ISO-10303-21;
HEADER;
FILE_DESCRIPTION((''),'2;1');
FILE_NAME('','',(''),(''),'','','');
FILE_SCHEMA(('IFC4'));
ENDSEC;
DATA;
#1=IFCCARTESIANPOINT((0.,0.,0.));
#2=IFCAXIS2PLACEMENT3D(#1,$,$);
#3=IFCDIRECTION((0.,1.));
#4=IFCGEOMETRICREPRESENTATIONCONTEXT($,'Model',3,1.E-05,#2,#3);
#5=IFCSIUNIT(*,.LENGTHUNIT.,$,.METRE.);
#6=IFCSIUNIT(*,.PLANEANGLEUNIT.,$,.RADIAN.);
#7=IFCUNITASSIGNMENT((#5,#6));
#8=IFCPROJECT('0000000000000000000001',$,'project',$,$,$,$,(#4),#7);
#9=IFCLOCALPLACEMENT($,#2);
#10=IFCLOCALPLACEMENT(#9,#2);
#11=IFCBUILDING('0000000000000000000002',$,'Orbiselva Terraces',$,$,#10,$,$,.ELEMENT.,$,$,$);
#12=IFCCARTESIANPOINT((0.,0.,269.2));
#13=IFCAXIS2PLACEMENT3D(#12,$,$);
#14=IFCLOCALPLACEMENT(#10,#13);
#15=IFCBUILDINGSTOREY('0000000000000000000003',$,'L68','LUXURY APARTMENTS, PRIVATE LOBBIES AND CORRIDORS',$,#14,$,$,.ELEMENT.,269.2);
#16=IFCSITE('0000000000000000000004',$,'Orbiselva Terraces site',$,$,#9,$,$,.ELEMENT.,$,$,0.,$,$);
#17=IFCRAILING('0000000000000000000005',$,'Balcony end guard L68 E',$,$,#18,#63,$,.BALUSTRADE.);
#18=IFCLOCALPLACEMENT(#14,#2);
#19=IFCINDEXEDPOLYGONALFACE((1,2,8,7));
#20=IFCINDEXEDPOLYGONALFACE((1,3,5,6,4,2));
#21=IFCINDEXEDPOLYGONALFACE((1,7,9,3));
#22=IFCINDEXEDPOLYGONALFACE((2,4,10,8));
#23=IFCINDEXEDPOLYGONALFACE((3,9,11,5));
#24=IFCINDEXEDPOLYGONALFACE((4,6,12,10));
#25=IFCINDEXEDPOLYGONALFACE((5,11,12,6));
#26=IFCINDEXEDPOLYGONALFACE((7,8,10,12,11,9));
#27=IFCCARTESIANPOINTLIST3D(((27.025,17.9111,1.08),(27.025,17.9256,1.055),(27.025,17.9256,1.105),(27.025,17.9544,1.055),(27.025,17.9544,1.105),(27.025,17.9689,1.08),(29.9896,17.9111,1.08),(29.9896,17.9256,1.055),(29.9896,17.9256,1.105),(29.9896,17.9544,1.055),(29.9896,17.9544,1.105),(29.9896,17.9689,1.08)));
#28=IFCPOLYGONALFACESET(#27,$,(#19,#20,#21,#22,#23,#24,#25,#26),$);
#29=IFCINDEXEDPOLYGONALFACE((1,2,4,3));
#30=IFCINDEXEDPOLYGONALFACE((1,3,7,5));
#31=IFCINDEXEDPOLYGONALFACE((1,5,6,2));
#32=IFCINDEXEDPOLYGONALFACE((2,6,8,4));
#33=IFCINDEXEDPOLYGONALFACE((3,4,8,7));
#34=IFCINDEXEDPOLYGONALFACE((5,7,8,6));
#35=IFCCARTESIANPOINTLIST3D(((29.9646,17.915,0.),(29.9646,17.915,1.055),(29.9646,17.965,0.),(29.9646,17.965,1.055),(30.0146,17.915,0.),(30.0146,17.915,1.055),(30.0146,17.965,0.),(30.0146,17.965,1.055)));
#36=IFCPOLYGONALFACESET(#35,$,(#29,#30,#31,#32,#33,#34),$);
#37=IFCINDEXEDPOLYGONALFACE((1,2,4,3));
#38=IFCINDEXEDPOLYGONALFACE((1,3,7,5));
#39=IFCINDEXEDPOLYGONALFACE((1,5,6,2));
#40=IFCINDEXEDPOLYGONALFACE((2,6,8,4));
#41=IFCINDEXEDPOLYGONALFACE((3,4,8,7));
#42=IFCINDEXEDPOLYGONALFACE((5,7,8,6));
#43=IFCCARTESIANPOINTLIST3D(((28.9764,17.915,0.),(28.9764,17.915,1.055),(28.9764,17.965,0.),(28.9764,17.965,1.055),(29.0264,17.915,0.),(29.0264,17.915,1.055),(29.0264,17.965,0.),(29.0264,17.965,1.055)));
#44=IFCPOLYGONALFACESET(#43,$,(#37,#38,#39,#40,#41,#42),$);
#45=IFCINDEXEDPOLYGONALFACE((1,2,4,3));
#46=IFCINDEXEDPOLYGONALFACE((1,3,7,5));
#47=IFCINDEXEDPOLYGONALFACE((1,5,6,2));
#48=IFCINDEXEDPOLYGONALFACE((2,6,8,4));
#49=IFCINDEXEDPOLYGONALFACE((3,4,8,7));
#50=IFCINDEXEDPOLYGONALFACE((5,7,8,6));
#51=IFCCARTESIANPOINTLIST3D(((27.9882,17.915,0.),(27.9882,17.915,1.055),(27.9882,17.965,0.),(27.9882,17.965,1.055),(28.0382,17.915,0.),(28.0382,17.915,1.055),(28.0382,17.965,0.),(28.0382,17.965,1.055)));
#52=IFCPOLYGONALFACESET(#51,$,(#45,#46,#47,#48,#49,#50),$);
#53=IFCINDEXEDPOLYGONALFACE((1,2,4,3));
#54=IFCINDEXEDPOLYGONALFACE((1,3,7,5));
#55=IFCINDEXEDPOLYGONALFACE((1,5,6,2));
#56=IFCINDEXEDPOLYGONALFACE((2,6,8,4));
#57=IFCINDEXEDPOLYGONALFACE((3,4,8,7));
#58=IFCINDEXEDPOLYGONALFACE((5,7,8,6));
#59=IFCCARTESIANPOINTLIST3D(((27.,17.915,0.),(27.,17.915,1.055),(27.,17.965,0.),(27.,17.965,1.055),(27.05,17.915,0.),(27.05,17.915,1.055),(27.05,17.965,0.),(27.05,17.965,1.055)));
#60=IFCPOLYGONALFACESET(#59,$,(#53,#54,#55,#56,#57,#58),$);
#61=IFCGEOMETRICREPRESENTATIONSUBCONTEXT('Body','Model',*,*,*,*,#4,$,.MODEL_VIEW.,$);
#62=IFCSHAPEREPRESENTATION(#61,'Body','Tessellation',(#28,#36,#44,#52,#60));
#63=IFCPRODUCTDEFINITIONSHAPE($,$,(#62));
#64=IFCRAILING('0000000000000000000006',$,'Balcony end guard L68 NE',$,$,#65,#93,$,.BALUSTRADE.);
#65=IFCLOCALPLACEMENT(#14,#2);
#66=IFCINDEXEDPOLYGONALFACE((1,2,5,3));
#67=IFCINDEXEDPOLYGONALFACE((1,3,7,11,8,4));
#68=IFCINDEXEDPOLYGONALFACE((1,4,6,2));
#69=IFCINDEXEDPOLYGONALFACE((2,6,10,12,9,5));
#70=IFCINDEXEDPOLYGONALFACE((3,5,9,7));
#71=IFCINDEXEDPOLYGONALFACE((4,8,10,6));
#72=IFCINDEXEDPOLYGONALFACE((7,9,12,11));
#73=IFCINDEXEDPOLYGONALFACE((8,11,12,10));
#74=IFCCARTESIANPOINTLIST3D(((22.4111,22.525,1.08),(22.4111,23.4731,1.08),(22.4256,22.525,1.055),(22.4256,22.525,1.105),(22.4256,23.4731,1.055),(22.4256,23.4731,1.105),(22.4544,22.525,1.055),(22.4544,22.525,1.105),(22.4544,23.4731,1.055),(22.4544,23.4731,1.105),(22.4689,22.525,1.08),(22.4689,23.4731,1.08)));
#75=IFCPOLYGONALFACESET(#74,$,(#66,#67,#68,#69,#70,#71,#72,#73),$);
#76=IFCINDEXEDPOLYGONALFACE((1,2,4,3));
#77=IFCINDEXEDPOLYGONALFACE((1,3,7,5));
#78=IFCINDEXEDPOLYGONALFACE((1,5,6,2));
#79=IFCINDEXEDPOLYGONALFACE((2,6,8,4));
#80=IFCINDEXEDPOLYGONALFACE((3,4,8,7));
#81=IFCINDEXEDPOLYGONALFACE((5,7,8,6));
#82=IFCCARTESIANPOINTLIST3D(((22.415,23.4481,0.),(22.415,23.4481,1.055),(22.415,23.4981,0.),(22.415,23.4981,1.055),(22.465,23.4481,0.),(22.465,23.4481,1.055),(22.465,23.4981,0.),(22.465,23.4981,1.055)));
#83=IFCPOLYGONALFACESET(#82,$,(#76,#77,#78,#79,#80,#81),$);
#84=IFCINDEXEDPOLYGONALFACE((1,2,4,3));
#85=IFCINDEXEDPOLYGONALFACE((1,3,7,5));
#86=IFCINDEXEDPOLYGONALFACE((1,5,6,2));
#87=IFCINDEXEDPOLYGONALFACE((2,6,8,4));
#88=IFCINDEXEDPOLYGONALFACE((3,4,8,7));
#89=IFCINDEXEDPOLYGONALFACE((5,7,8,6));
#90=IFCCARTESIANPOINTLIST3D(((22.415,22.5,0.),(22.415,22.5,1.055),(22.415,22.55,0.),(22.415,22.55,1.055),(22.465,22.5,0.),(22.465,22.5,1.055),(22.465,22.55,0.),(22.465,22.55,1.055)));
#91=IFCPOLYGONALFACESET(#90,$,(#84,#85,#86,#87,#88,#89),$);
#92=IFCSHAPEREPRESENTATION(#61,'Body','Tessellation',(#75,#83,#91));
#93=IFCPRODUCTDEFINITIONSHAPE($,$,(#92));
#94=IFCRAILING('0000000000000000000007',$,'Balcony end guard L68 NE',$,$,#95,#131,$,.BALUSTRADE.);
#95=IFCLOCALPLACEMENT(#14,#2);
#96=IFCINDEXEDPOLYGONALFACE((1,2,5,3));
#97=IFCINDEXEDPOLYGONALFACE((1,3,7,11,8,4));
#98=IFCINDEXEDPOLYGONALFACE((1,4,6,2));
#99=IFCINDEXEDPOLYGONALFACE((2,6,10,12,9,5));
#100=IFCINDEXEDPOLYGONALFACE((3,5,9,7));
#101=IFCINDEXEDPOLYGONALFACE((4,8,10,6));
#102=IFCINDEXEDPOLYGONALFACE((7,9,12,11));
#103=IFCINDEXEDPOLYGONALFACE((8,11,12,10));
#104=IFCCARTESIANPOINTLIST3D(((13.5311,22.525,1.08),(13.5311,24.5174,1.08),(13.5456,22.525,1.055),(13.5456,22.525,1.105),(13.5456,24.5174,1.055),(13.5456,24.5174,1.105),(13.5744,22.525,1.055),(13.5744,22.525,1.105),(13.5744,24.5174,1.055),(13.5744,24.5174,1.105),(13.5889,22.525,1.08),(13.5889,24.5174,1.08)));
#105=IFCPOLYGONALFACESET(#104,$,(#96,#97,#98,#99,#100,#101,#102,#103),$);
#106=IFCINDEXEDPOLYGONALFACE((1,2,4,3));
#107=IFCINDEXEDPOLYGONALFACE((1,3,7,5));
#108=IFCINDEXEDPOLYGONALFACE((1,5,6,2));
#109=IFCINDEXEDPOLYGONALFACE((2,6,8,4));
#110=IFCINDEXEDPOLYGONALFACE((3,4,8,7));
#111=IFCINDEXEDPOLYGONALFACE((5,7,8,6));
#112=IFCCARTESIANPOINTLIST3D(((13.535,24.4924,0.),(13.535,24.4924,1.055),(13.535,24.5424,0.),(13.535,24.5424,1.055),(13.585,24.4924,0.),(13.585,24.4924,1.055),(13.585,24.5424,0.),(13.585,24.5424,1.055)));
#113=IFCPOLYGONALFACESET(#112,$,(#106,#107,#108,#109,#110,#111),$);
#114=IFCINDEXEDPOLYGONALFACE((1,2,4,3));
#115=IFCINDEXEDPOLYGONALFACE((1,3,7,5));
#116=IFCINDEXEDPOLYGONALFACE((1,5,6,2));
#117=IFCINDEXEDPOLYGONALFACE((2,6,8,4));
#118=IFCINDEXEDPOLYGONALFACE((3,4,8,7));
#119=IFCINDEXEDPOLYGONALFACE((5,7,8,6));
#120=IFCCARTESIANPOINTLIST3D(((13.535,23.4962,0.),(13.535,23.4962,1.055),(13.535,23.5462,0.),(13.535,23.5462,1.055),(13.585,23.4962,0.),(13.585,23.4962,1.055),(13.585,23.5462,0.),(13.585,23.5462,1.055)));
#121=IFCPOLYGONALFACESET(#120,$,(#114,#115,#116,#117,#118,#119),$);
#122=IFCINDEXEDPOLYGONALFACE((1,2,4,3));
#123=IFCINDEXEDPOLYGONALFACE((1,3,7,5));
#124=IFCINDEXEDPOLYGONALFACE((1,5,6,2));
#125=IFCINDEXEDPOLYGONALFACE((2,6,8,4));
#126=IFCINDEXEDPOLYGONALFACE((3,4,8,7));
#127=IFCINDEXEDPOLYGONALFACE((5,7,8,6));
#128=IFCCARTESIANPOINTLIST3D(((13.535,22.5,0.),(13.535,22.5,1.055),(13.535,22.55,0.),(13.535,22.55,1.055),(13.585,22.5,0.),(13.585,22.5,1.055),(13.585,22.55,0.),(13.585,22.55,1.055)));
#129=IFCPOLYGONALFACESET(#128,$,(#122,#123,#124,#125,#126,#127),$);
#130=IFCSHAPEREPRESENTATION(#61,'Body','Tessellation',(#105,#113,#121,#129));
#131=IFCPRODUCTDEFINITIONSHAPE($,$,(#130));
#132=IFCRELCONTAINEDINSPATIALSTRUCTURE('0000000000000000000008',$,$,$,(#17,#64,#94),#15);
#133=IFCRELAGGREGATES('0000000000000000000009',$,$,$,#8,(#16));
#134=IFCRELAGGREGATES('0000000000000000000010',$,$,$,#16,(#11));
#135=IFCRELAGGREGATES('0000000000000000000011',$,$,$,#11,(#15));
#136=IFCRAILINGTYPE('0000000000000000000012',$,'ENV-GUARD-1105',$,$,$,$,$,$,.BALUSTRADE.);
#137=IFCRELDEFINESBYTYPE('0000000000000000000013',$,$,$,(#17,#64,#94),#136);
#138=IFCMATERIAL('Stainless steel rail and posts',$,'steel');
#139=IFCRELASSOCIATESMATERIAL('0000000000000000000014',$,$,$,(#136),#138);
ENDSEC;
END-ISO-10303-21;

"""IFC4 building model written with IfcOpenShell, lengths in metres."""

from ifc_helpers import new_model, si_unit, direction, frame, origin, origin_2d, place, context, subcontext, project, spatial, polyline, rectangle, outline, extrude, material, type_object, element, save


model = new_model("IFC4")

# Units and contexts
model_context = context("Model", 3, precision=1e-05, world=origin(), true_north=direction((0.0, 1.0)))
body_context = subcontext(model_context, "Body", "Model", "MODEL_VIEW")
ifc_project = project(units=[si_unit("LENGTHUNIT", "METRE"), si_unit("PLANEANGLEUNIT", "RADIAN")], contexts=[model_context])

# Site, building, storey
site_placement = place(None, origin())
site = spatial("IfcSite", under=ifc_project, at=site_placement, Name="Orbiselva Terraces site", CompositionType="ELEMENT", RefElevation=0.0)
building_placement = place(site_placement, origin())
building = spatial("IfcBuilding", under=site, at=building_placement, Name="Orbiselva Terraces", CompositionType="ELEMENT")
storey_placement = place(building_placement, frame((0.0, 0.0, 269.2)))
storey = spatial("IfcBuildingStorey", under=building, at=storey_placement, Name="L68", Description="LUXURY APARTMENTS, PRIVATE LOBBIES AND CORRIDORS", CompositionType="ELEMENT", Elevation=269.2)

# Railings
ifc_material_1 = material(Name="Stainless steel rail and posts", Category="steel")
railing_type_1 = type_object("IfcRailingType", Name="ENV-GUARD-1105", PredefinedType="BALUSTRADE", material=ifc_material_1)
railing_1_placement = place(storey_placement, frame((29.9896, 17.94, 0.0)))
element("IfcRailing", 1, at=railing_1_placement, inside=storey, type_object=railing_type_1, Name="Balcony end guard L68 E", PredefinedType="BALUSTRADE", context=body_context, shape_type="SweptSolid", body=[
    extrude(outline(polyline([(0.0289, 0.0), (0.0144, 0.025), (-0.0144, 0.025), (-0.0289, 0.0), (-0.0144, -0.025), (0.0144, -0.025), (0.0289, 0.0)])), frame((0.0, 0.0, 1.08), z_axis=(-1.0, 0.0, 0.0), x_axis=(0.0, -1.0, 0.0)), (0.0, 0.0, 1.0), 2.9646),
    extrude(rectangle(XDim=0.05, YDim=0.05, at=origin_2d()), origin(), (0.0, 0.0, 1.0), 1.055),
    extrude(rectangle(XDim=0.05, YDim=0.05, at=origin_2d()), frame((-0.9882, 0.0, 0.0)), (0.0, 0.0, 1.0), 1.055),
    extrude(rectangle(XDim=0.05, YDim=0.05, at=origin_2d()), frame((-1.9764, 0.0, 0.0)), (0.0, 0.0, 1.0), 1.055),
    extrude(rectangle(XDim=0.05, YDim=0.05, at=origin_2d()), frame((-2.9646, 0.0, 0.0)), (0.0, 0.0, 1.0), 1.055),
])
railing_2_placement = place(storey_placement, frame((22.44, 23.4731, 0.0)))
element("IfcRailing", 2, at=railing_2_placement, inside=storey, type_object=railing_type_1, Name="Balcony end guard L68 NE", PredefinedType="BALUSTRADE", context=body_context, shape_type="SweptSolid", body=[
    extrude(outline(polyline([(0.0289, 0.0), (0.0144, 0.025), (-0.0144, 0.025), (-0.0289, 0.0), (-0.0144, -0.025), (0.0144, -0.025), (0.0289, 0.0)])), frame((0.0, 0.0, 1.08), z_axis=(0.0, -1.0, 0.0), x_axis=(1.0, 0.0, 0.0)), (0.0, 0.0, 1.0), 0.9481),
    extrude(rectangle(XDim=0.05, YDim=0.05, at=origin_2d()), origin(), (0.0, 0.0, 1.0), 1.055),
    extrude(rectangle(XDim=0.05, YDim=0.05, at=origin_2d()), frame((0.0, -0.9481, 0.0)), (0.0, 0.0, 1.0), 1.055),
])
railing_3_placement = place(storey_placement, frame((13.56, 24.5174, 0.0)))
element("IfcRailing", 3, at=railing_3_placement, inside=storey, type_object=railing_type_1, Name="Balcony end guard L68 NE", PredefinedType="BALUSTRADE", context=body_context, shape_type="SweptSolid", body=[
    extrude(outline(polyline([(0.0289, 0.0), (0.0144, 0.025), (-0.0144, 0.025), (-0.0289, 0.0), (-0.0144, -0.025), (0.0144, -0.025), (0.0289, 0.0)])), frame((0.0, 0.0, 1.08), z_axis=(0.0, -1.0, 0.0), x_axis=(1.0, 0.0, 0.0)), (0.0, 0.0, 1.0), 1.9924),
    extrude(rectangle(XDim=0.05, YDim=0.05, at=origin_2d()), origin(), (0.0, 0.0, 1.0), 1.055),
    extrude(rectangle(XDim=0.05, YDim=0.05, at=origin_2d()), frame((0.0, -0.9962, 0.0)), (0.0, 0.0, 1.0), 1.055),
    extrude(rectangle(XDim=0.05, YDim=0.05, at=origin_2d()), frame((0.0, -1.9924, 0.0)), (0.0, 0.0, 1.0), 1.055),
])

save(model, "model.ifc")
